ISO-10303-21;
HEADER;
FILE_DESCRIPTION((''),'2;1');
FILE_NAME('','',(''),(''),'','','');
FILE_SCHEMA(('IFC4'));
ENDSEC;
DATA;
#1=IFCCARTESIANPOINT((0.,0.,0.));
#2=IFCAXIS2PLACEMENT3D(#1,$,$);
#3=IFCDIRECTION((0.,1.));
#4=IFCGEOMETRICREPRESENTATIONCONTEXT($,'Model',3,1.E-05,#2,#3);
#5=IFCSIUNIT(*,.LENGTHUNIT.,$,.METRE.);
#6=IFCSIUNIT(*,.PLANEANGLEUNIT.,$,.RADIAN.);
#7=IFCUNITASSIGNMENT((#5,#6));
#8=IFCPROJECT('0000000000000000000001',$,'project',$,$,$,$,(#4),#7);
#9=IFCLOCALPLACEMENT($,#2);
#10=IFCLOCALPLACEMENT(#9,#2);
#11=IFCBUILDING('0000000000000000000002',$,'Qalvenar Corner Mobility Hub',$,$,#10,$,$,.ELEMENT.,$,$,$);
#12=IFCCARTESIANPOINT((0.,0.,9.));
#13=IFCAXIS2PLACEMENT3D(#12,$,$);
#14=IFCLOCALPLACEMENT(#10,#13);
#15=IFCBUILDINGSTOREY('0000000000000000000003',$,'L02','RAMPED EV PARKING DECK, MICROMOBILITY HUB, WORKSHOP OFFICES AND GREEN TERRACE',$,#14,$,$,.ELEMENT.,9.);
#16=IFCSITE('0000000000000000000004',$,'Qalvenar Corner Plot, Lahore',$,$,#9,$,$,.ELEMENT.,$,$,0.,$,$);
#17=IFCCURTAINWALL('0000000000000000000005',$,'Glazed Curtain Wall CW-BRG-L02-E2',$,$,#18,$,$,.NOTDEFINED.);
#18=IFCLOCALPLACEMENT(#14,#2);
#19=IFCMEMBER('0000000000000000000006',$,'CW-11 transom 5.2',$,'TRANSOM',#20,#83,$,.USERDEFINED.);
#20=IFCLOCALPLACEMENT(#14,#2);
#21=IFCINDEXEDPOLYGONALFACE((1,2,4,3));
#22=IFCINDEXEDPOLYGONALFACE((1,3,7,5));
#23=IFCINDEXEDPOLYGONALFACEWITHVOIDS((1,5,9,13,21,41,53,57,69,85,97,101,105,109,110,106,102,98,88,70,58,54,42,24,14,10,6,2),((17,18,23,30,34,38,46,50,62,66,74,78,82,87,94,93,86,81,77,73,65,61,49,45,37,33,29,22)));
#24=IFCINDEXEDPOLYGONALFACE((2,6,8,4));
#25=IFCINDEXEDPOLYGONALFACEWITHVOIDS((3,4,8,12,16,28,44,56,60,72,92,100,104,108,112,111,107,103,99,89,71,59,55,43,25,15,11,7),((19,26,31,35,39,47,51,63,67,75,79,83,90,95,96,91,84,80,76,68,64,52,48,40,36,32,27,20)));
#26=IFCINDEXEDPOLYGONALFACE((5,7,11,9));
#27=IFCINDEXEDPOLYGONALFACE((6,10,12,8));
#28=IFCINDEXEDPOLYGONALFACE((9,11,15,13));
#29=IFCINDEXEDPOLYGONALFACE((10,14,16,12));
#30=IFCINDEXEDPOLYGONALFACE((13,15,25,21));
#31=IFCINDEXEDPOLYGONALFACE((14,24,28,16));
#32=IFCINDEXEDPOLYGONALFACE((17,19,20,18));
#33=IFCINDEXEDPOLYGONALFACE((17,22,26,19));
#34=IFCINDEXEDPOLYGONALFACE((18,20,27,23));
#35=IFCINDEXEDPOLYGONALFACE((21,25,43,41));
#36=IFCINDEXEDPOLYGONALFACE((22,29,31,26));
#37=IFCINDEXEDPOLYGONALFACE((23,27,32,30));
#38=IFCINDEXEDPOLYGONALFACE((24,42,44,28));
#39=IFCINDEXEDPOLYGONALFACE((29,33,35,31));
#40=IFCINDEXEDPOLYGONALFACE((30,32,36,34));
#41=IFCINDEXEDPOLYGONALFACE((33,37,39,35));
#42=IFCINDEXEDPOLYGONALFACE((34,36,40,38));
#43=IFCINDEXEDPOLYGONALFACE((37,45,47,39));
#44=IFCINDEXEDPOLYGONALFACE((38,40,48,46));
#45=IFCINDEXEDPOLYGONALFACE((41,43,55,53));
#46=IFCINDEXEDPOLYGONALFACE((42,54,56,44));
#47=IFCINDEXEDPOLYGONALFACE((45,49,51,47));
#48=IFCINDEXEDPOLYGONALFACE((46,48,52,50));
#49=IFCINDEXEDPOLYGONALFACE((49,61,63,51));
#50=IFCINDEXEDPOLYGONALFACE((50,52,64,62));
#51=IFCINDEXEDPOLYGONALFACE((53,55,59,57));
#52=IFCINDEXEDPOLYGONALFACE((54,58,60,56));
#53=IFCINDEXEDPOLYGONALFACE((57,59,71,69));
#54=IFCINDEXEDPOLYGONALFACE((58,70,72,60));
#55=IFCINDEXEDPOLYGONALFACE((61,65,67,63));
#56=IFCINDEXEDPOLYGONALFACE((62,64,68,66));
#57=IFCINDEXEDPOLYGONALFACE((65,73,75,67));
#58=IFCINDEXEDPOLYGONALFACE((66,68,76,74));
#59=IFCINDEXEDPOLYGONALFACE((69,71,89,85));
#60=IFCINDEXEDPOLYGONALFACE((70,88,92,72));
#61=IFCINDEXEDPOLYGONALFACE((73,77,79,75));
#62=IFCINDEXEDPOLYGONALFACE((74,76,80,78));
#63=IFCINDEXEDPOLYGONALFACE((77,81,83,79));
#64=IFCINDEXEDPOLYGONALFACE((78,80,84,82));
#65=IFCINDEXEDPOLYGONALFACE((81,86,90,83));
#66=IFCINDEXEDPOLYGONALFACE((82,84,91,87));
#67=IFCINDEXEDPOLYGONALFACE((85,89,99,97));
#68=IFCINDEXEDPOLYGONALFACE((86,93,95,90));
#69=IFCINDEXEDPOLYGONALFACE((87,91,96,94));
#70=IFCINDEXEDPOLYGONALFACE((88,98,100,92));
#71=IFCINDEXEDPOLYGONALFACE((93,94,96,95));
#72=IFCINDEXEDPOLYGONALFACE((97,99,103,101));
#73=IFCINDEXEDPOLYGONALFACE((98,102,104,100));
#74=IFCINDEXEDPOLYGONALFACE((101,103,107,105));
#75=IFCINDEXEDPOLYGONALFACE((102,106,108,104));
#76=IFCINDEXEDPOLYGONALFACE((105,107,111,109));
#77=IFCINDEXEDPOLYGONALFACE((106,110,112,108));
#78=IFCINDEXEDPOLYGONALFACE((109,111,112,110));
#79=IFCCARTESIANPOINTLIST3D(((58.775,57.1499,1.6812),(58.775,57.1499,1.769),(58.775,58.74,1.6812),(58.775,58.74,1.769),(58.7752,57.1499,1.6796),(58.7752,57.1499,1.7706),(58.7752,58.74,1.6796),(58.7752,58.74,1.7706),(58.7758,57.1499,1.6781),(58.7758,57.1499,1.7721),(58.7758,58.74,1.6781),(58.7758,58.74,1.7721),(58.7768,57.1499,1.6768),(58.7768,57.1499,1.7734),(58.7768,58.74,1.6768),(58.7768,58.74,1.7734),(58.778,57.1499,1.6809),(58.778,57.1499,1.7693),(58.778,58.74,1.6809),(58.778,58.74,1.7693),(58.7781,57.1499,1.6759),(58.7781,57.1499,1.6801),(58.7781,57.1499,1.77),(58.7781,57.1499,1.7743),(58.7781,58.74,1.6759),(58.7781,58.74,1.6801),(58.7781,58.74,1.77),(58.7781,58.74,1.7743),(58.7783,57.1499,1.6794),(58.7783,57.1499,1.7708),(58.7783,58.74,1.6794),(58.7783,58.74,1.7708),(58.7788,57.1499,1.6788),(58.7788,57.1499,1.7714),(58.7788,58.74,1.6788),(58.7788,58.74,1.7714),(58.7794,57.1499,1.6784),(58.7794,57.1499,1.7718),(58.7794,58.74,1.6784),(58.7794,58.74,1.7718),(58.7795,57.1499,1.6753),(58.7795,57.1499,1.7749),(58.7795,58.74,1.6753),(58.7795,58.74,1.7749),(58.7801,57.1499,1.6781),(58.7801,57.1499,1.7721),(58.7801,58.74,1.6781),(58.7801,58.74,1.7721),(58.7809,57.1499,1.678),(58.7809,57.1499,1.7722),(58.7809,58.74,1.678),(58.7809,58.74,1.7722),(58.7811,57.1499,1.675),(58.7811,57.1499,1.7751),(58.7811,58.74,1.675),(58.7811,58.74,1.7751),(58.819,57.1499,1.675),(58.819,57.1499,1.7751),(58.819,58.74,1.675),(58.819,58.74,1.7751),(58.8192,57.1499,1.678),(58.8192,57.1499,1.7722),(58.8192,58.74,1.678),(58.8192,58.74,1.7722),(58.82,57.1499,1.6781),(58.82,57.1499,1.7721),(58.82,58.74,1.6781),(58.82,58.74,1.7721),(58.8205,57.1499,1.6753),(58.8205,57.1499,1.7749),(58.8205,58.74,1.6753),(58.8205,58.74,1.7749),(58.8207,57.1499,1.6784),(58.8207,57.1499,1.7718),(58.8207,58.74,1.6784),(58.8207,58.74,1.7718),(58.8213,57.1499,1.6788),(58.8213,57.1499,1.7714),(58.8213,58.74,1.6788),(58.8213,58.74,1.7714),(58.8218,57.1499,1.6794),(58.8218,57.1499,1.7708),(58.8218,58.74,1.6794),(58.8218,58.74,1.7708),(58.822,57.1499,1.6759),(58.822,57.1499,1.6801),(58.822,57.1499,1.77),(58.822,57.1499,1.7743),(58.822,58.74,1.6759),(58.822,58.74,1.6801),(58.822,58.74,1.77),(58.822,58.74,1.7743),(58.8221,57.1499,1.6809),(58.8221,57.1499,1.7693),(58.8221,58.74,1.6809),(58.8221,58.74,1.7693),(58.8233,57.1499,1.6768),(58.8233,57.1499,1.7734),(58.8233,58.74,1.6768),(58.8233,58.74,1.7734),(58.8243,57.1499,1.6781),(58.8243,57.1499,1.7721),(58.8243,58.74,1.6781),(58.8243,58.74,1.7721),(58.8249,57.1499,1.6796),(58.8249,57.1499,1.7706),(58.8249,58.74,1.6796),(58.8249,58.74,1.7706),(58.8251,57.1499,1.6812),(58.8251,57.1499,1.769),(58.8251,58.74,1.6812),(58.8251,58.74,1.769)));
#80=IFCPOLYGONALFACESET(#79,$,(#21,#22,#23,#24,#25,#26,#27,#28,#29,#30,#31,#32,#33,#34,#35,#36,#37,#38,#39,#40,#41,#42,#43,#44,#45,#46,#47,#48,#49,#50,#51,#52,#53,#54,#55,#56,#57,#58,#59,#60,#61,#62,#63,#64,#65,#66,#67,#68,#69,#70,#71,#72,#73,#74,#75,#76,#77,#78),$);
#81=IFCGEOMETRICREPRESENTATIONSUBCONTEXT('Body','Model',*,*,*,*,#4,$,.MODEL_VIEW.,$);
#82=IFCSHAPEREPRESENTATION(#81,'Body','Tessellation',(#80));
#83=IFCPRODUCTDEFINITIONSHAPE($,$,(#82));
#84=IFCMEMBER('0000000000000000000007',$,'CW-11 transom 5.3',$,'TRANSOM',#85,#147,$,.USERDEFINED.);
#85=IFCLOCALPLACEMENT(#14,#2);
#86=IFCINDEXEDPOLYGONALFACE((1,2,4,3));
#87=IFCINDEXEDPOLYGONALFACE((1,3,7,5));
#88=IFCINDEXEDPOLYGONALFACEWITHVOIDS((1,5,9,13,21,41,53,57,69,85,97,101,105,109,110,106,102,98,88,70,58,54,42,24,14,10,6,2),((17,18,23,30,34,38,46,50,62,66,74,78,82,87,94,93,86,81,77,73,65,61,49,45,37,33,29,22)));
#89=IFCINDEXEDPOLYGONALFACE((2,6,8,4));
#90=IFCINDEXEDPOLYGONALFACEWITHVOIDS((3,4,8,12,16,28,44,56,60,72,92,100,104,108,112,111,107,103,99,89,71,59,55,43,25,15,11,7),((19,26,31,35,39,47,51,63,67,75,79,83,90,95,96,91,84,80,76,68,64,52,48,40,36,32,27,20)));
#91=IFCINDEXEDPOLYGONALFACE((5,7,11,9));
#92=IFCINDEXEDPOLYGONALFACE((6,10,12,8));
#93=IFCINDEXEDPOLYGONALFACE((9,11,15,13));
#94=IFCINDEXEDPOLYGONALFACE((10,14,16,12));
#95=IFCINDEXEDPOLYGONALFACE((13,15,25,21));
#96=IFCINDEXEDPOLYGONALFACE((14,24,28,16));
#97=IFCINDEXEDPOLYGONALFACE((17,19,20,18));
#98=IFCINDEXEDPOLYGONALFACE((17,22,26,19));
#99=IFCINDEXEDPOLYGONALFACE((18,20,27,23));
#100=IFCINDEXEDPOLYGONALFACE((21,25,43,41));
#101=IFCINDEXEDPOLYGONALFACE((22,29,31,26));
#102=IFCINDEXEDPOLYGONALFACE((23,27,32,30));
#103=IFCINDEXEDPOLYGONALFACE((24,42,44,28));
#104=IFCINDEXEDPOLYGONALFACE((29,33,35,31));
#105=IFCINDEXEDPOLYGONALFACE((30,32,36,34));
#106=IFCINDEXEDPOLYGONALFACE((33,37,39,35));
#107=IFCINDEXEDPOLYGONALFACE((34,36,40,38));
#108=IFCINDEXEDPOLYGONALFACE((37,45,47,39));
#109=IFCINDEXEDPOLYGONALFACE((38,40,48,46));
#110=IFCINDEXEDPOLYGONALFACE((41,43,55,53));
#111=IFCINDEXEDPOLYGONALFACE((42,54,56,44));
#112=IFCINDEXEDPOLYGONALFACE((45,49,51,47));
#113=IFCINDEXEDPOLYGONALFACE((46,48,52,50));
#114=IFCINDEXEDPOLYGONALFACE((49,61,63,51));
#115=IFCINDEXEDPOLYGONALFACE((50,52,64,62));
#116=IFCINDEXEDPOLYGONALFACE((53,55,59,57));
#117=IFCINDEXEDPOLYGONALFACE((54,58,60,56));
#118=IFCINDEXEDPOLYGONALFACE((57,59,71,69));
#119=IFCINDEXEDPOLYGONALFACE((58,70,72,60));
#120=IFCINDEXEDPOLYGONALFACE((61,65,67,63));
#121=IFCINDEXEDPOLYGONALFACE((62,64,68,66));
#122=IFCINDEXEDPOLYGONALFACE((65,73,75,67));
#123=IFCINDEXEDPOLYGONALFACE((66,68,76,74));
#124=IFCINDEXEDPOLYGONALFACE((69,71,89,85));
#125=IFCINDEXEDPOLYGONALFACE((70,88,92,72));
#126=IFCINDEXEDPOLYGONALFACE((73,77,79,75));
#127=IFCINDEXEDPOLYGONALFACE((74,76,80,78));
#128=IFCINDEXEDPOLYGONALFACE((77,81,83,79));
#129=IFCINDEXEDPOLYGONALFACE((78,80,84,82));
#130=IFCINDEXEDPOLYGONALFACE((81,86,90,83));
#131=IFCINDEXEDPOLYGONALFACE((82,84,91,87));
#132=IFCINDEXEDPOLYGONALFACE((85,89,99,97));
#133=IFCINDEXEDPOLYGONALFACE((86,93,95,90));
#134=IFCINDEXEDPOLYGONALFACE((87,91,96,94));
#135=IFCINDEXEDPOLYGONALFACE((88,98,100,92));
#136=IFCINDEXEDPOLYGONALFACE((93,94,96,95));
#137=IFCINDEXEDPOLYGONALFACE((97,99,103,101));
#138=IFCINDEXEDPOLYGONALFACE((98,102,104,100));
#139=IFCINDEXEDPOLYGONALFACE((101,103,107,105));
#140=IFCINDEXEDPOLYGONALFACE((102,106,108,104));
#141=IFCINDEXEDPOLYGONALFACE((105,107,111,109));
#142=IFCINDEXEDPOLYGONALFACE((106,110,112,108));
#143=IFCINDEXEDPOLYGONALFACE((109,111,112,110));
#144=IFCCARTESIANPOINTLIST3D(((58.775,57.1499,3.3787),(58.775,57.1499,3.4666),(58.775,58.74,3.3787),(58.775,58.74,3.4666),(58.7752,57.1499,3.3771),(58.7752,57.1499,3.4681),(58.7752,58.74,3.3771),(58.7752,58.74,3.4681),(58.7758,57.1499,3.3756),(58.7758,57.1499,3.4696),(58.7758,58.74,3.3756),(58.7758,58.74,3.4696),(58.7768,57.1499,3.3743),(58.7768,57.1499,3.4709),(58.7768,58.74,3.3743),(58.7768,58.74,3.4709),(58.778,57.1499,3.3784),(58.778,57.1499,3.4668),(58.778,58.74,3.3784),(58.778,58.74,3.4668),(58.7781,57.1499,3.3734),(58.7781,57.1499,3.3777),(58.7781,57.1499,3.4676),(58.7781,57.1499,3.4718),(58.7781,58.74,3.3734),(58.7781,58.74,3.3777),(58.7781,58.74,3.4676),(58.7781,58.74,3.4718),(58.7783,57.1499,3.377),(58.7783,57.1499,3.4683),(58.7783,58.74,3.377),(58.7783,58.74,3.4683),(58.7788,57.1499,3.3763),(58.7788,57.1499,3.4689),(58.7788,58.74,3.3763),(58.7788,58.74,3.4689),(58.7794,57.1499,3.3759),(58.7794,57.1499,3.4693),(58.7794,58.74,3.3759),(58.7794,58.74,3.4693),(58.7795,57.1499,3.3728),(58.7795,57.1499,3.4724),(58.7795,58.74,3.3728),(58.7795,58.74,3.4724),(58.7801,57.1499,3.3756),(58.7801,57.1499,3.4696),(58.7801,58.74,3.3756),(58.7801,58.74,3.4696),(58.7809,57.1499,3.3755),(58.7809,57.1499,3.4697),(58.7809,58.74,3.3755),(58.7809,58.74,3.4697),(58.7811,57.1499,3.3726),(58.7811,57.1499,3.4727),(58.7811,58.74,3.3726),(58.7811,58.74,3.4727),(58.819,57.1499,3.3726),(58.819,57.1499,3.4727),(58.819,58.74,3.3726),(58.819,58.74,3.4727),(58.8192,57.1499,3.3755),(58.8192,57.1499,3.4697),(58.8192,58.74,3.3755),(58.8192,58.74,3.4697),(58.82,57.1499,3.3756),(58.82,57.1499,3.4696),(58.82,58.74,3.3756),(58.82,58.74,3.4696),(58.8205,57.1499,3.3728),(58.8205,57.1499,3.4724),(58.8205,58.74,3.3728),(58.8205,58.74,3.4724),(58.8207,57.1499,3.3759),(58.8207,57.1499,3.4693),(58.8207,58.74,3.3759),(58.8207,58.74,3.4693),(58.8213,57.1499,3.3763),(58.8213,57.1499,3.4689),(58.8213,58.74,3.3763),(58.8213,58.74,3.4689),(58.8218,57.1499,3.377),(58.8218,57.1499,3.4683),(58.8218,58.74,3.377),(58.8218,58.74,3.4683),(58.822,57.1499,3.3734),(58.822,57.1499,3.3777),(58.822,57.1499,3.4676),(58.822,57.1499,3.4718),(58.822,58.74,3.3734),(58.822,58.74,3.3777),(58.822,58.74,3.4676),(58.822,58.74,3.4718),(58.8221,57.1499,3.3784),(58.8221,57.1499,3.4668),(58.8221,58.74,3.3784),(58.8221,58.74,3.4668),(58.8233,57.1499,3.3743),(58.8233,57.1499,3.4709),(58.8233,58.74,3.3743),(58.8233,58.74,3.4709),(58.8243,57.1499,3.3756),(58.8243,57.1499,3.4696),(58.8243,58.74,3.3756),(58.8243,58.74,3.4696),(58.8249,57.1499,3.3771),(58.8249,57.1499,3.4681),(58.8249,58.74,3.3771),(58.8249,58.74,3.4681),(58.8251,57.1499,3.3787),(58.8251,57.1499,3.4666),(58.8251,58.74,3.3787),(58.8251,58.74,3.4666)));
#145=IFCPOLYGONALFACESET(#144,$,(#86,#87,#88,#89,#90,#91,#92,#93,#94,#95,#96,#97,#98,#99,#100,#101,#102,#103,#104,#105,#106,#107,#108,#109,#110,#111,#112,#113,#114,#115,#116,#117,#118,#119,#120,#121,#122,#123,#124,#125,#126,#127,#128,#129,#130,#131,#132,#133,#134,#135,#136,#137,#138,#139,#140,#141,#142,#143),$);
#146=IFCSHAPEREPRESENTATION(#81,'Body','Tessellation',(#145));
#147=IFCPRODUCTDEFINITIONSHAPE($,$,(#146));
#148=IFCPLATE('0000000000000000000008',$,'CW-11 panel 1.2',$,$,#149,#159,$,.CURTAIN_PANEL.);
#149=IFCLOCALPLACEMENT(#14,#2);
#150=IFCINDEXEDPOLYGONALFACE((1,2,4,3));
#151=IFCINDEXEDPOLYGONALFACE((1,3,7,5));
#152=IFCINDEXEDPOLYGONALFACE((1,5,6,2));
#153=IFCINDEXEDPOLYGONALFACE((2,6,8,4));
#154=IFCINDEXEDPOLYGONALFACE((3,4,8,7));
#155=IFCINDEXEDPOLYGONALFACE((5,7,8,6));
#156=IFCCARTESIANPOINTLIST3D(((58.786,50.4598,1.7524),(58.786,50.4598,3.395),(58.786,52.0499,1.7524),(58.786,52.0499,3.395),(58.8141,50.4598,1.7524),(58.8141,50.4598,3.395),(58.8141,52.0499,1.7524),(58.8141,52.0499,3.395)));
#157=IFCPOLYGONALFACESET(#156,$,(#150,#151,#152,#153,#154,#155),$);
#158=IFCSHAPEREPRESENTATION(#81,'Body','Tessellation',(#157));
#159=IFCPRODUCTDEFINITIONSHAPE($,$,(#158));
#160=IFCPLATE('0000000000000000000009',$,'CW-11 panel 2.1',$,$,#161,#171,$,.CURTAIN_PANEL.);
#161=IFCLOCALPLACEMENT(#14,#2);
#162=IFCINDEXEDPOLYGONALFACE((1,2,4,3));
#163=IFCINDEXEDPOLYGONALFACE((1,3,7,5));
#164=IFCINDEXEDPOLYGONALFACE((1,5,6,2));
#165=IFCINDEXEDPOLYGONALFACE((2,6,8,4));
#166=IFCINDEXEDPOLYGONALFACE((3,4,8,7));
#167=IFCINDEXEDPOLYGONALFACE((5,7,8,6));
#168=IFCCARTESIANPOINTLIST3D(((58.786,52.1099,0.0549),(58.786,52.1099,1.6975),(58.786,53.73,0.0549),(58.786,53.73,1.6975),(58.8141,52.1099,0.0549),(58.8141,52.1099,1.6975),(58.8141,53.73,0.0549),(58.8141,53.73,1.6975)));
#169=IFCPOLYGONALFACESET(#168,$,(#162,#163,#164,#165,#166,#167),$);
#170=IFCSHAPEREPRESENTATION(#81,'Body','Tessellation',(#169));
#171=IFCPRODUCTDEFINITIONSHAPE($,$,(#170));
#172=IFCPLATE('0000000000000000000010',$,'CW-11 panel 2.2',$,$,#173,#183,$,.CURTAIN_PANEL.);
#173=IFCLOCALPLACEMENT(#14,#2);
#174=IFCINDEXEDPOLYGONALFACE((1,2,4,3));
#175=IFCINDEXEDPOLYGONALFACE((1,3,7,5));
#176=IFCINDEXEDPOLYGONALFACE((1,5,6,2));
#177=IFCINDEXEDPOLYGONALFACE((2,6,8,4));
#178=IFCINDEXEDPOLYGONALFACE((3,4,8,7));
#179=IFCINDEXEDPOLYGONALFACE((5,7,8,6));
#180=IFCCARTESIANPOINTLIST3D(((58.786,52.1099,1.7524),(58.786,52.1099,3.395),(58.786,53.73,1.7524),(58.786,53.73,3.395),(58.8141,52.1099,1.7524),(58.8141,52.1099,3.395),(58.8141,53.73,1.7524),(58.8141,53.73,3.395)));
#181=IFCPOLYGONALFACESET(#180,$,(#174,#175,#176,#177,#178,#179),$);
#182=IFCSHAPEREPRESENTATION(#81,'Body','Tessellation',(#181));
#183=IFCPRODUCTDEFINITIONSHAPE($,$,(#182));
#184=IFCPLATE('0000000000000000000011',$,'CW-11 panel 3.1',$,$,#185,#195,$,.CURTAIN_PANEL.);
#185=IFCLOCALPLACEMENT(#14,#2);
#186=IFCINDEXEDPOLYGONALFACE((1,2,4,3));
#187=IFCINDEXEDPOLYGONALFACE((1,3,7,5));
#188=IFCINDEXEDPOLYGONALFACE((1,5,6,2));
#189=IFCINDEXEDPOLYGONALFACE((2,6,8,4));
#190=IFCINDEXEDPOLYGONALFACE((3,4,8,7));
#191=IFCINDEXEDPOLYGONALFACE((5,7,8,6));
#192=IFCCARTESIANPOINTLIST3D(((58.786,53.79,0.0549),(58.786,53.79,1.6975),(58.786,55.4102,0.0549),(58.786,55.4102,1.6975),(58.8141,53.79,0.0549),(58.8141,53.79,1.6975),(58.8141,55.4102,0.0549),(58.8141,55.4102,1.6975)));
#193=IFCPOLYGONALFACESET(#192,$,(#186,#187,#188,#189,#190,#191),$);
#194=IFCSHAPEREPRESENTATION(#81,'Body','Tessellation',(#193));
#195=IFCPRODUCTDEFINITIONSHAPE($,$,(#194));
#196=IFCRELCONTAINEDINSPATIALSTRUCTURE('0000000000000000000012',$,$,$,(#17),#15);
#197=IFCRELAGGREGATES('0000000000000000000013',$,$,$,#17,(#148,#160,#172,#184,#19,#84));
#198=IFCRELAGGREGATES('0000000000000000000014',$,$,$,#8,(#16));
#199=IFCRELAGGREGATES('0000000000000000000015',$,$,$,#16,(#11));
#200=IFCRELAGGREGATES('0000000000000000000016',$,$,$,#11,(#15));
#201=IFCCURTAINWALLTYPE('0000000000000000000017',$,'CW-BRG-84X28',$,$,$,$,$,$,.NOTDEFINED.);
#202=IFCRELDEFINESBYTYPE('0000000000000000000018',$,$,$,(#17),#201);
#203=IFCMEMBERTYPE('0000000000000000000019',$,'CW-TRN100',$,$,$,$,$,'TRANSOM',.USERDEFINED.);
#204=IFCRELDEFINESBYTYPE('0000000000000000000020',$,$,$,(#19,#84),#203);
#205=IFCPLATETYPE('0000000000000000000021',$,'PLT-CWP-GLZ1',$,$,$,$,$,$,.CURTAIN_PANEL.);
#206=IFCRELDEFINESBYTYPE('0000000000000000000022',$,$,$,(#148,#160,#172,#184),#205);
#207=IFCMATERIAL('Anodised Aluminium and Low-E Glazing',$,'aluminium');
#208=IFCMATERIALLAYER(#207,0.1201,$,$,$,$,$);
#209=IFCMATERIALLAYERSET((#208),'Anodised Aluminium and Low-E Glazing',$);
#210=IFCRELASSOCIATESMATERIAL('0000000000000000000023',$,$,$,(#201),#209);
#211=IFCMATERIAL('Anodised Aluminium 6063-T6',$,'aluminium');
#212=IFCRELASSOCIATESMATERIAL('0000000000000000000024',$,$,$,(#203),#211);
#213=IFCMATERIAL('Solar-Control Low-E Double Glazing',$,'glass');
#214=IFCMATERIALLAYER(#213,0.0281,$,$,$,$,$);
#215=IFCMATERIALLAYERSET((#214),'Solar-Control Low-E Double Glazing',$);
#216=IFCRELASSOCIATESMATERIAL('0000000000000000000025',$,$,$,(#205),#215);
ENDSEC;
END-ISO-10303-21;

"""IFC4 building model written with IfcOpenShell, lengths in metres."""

from ifc_helpers import new_model, si_unit, direction, frame, origin, origin_2d, place, context, subcontext, project, spatial, rectangle, hollow_rectangle, extrude, material, layer, layer_set, material_profile, profile_set, type_object, element, aggregate, save


model = new_model("IFC4")

# Units and contexts
model_context = context("Model", 3, precision=1e-05, world=origin(), true_north=direction((0.0, 1.0)))
body_context = subcontext(model_context, "Body", "Model", "MODEL_VIEW")
ifc_project = project(units=[si_unit("LENGTHUNIT", "METRE"), si_unit("PLANEANGLEUNIT", "RADIAN")], contexts=[model_context])

# Site, building, storey
site_placement = place(None, origin())
site = spatial("IfcSite", under=ifc_project, at=site_placement, Name="Qalvenar Corner Plot, Lahore", CompositionType="ELEMENT", RefElevation=0.0)
building_placement = place(site_placement, origin())
building = spatial("IfcBuilding", under=site, at=building_placement, Name="Qalvenar Corner Mobility Hub", CompositionType="ELEMENT")
storey_placement = place(building_placement, frame((0.0, 0.0, 9.0)))
storey = spatial("IfcBuildingStorey", under=building, at=storey_placement, Name="L02", Description="RAMPED EV PARKING DECK, MICROMOBILITY HUB, WORKSHOP OFFICES AND GREEN TERRACE", CompositionType="ELEMENT", Elevation=9.0)

# Curtain wall, members, plates
ifc_material_1 = material(Name="Anodised Aluminium and Low-E Glazing", Category="aluminium")
ifc_layer_1 = layer(ifc_material_1, 0.1201)
ifc_layer_set_1 = layer_set([ifc_layer_1], Name="Anodised Aluminium and Low-E Glazing")
curtain_wall_type = type_object("IfcCurtainWallType", Name="CW-BRG-84X28", PredefinedType="NOTDEFINED", material=ifc_layer_set_1)
curtain_wall_placement = place(storey_placement, origin())
curtain_wall = element("IfcCurtainWall", 1, at=curtain_wall_placement, inside=storey, type_object=curtain_wall_type, Name="Glazed Curtain Wall CW-BRG-L02-E2", PredefinedType="NOTDEFINED")
ifc_material_2 = material(Name="Anodised Aluminium 6063-T6", Category="aluminium")
ifc_material_profile_1 = material_profile(ifc_material_2, hollow_rectangle(XDim=0.05, YDim=0.1001, WallThickness=0.0029, InnerFilletRadius=0.0029, OuterFilletRadius=0.0061, at=origin_2d()), Name="RHS100x50x3")
ifc_profile_set_1 = profile_set([ifc_material_profile_1], Name="Anodised Aluminium 6063-T6")
member_type_1 = type_object("IfcMemberType", Name="CW-TRN100", ElementType="TRANSOM", PredefinedType="USERDEFINED", material=ifc_profile_set_1)
member_1_placement = place(storey_placement, frame((58.8, 57.1499, 1.7251), z_axis=(0.0, 1.0, 0.0), x_axis=(-1.0, 0.0, 0.0)))
member_1 = element("IfcMember", 2, at=member_1_placement, type_object=member_type_1, Name="CW-11 transom 5.2", ObjectType="TRANSOM", PredefinedType="USERDEFINED", context=body_context, shape_type="SweptSolid", body=[
    extrude(hollow_rectangle(XDim=0.05, YDim=0.1001, WallThickness=0.0029, InnerFilletRadius=0.0029, OuterFilletRadius=0.0061, at=origin_2d()), origin(), (0.0, 0.0, 1.0), 1.5901),
])
member_2_placement = place(storey_placement, frame((58.8, 57.1499, 3.4226), z_axis=(0.0, 1.0, 0.0), x_axis=(-1.0, 0.0, 0.0)))
member_2 = element("IfcMember", 3, at=member_2_placement, type_object=member_type_1, Name="CW-11 transom 5.3", ObjectType="TRANSOM", PredefinedType="USERDEFINED", context=body_context, shape_type="SweptSolid", body=[
    extrude(hollow_rectangle(XDim=0.05, YDim=0.1001, WallThickness=0.0029, InnerFilletRadius=0.0029, OuterFilletRadius=0.0061, at=origin_2d()), origin(), (0.0, 0.0, 1.0), 1.5901),
])
ifc_material_3 = material(Name="Solar-Control Low-E Double Glazing", Category="glass")
ifc_layer_2 = layer(ifc_material_3, 0.0281)
ifc_layer_set_2 = layer_set([ifc_layer_2], Name="Solar-Control Low-E Double Glazing")
plate_type = type_object("IfcPlateType", Name="PLT-CWP-GLZ1", PredefinedType="CURTAIN_PANEL", material=ifc_layer_set_2)
plate_1_placement = place(storey_placement, frame((58.8, 51.2549, 1.7524), z_axis=(0.0, 0.0, 1.0), x_axis=(0.0, 1.0, 0.0)))
plate_1 = element("IfcPlate", 4, at=plate_1_placement, type_object=plate_type, Name="CW-11 panel 1.2", PredefinedType="CURTAIN_PANEL", context=body_context, shape_type="SweptSolid", body=[
    extrude(rectangle(XDim=1.5901, YDim=0.0281, at=origin_2d()), origin(), (0.0, 0.0, 1.0), 1.6426),
])
plate_2_placement = place(storey_placement, frame((58.8, 52.9199, 0.0549), z_axis=(0.0, 0.0, 1.0), x_axis=(0.0, 1.0, 0.0)))
plate_2 = element("IfcPlate", 5, at=plate_2_placement, type_object=plate_type, Name="CW-11 panel 2.1", PredefinedType="CURTAIN_PANEL", context=body_context, shape_type="SweptSolid", body=[
    extrude(rectangle(XDim=1.6201, YDim=0.0281, at=origin_2d()), origin(), (0.0, 0.0, 1.0), 1.6426),
])
plate_3_placement = place(storey_placement, frame((58.8, 52.9199, 1.7524), z_axis=(0.0, 0.0, 1.0), x_axis=(0.0, 1.0, 0.0)))
plate_3 = element("IfcPlate", 6, at=plate_3_placement, type_object=plate_type, Name="CW-11 panel 2.2", PredefinedType="CURTAIN_PANEL", context=body_context, shape_type="SweptSolid", body=[
    extrude(rectangle(XDim=1.6201, YDim=0.0281, at=origin_2d()), origin(), (0.0, 0.0, 1.0), 1.6426),
])
plate_4_placement = place(storey_placement, frame((58.8, 54.6001, 0.0549), z_axis=(0.0, 0.0, 1.0), x_axis=(0.0, 1.0, 0.0)))
plate_4 = element("IfcPlate", 7, at=plate_4_placement, type_object=plate_type, Name="CW-11 panel 3.1", PredefinedType="CURTAIN_PANEL", context=body_context, shape_type="SweptSolid", body=[
    extrude(rectangle(XDim=1.6201, YDim=0.0281, at=origin_2d()), origin(), (0.0, 0.0, 1.0), 1.6426),
])
aggregate(curtain_wall, [plate_1, plate_2, plate_3, plate_4, member_1, member_2])

save(model, "model.ifc")
